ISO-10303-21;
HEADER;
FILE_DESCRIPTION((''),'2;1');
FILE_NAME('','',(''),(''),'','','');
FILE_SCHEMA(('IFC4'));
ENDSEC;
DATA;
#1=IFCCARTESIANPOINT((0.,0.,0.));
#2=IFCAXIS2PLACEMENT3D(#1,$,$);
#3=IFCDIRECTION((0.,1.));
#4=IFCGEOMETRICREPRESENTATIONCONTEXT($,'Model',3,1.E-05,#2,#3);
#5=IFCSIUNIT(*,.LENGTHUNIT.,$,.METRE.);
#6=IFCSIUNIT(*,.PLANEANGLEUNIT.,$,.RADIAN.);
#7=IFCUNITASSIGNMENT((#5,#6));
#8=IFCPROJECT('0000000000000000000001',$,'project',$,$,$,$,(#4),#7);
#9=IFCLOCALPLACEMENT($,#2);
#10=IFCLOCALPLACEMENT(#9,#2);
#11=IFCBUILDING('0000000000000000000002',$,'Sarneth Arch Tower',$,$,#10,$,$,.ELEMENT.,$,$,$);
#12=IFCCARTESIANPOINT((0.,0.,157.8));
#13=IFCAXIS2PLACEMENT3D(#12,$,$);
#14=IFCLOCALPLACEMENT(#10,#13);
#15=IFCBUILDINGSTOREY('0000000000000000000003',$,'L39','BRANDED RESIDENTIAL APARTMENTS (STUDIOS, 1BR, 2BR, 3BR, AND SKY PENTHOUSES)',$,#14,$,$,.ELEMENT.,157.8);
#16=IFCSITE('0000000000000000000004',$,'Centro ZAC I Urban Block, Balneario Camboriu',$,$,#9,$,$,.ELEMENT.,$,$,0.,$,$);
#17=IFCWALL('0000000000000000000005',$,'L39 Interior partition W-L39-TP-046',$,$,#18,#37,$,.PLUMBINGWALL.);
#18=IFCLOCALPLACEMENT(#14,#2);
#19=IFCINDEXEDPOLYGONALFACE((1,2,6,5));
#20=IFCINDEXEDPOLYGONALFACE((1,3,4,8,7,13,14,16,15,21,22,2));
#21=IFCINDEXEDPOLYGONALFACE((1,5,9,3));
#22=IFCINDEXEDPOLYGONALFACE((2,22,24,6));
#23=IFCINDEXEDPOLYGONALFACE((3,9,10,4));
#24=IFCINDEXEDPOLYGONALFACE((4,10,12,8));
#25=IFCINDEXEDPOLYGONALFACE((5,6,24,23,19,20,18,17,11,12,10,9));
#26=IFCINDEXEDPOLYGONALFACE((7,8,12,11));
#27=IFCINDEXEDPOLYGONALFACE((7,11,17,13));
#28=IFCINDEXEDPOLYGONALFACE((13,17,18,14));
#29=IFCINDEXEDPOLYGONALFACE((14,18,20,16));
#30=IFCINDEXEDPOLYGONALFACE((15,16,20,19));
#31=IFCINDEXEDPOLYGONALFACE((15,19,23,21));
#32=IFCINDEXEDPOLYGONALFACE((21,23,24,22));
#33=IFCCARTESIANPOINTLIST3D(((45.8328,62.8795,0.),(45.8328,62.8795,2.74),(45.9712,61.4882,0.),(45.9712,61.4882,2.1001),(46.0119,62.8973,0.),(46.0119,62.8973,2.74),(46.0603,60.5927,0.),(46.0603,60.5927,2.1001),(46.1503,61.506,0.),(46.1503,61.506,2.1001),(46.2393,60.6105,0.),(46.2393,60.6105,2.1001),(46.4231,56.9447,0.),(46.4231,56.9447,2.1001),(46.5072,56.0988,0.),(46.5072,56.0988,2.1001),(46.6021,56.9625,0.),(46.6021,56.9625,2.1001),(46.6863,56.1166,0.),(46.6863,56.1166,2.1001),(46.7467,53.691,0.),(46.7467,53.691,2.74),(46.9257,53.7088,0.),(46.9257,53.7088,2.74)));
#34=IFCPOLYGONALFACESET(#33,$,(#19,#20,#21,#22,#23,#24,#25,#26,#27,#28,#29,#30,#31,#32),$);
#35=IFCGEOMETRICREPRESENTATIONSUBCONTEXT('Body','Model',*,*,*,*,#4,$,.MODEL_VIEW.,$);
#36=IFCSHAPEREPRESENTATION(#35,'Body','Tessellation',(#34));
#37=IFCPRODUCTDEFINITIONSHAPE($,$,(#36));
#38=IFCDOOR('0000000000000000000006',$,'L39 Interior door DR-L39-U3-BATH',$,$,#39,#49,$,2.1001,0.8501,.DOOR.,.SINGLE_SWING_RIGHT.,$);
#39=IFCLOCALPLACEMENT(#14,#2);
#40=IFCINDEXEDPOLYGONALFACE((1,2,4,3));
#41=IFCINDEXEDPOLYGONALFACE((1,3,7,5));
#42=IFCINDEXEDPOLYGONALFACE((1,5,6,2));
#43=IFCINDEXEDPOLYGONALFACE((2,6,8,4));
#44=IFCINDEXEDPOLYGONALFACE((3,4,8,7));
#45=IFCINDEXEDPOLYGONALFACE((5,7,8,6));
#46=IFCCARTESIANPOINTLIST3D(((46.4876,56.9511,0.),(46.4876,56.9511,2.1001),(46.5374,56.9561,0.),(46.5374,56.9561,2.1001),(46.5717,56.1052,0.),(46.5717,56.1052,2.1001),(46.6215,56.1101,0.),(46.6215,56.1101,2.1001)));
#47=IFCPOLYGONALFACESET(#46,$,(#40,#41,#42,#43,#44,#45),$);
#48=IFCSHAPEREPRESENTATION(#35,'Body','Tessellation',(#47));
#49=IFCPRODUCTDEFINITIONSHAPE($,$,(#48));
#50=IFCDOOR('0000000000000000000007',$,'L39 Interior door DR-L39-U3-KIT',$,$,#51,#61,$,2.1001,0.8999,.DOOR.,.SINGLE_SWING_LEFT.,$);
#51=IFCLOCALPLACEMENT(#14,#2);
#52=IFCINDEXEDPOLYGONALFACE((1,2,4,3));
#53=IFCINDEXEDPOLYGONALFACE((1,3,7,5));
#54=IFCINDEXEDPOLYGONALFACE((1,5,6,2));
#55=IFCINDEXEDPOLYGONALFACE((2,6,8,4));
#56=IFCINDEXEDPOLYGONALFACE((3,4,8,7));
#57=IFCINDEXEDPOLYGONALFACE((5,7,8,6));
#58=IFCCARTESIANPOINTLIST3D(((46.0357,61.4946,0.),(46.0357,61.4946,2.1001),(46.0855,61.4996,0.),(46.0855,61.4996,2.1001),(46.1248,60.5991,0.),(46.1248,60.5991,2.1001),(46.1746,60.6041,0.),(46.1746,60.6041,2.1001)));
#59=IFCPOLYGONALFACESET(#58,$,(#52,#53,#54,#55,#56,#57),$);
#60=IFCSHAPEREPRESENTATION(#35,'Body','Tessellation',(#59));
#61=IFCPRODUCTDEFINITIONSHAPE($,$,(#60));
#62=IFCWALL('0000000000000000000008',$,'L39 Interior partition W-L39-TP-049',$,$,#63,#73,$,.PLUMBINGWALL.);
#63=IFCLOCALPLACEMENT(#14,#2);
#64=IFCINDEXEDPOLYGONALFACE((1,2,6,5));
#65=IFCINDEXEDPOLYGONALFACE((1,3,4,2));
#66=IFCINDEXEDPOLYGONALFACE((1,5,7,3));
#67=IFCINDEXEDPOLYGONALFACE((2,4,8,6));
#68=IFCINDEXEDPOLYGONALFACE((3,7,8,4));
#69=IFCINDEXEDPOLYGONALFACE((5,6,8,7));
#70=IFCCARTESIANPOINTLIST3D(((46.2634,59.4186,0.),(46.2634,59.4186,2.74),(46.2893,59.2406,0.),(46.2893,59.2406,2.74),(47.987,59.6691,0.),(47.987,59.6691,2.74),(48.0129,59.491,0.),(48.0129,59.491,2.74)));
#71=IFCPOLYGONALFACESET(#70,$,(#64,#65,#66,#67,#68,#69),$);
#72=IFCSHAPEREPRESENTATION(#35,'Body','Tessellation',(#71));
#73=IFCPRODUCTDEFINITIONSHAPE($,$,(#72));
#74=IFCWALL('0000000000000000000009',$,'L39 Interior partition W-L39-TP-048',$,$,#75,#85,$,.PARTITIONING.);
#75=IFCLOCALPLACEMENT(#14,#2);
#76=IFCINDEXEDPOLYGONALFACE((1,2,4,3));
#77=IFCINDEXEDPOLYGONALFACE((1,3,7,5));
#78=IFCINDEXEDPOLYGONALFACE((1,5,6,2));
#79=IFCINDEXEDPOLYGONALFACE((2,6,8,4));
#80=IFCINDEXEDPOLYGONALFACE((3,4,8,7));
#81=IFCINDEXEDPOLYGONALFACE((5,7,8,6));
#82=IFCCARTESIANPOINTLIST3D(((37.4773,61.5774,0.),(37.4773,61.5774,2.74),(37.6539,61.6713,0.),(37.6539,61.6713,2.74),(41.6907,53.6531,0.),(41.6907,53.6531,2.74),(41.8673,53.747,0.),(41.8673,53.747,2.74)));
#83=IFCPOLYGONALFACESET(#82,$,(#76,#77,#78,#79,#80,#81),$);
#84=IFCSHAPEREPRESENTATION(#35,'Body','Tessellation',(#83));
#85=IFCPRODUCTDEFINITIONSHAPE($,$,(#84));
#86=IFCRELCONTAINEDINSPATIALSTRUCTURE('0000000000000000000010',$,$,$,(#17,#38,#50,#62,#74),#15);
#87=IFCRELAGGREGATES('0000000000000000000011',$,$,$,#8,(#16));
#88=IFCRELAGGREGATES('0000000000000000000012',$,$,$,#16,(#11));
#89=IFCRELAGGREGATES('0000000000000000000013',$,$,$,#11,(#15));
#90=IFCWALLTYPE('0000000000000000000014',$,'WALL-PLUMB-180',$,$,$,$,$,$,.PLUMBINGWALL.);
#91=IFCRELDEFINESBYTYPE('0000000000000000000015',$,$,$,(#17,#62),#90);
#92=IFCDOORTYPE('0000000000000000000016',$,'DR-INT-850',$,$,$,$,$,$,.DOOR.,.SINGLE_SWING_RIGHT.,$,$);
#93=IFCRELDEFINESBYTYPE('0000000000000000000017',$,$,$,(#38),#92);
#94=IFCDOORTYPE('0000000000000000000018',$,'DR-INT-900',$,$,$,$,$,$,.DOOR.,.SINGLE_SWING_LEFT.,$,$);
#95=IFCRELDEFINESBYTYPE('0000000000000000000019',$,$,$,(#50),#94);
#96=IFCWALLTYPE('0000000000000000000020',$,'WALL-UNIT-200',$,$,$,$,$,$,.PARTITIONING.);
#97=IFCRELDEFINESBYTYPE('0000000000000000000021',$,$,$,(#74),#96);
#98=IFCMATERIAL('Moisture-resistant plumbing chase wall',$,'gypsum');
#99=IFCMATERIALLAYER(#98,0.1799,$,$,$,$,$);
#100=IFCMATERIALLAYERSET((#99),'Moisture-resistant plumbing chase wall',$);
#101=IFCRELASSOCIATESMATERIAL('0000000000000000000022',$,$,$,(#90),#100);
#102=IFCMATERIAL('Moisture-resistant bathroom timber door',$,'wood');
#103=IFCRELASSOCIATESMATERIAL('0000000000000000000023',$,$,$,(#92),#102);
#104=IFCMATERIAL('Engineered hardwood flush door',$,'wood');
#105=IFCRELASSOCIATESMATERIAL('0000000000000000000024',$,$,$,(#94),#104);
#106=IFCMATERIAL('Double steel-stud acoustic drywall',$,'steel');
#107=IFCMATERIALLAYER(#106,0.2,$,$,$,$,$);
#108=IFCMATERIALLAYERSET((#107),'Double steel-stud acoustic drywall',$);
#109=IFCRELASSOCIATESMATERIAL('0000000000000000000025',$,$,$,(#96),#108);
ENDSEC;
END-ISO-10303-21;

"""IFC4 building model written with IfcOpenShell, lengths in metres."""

from ifc_helpers import new_model, si_unit, direction, frame, frame_2d, origin, place, context, subcontext, project, spatial, rectangle, extrude, material, layer, layer_set, type_object, element, fill, save


model = new_model("IFC4")

# Units and contexts
model_context = context("Model", 3, precision=1e-05, world=origin(), true_north=direction((0.0, 1.0)))
body_context = subcontext(model_context, "Body", "Model", "MODEL_VIEW")
ifc_project = project(units=[si_unit("LENGTHUNIT", "METRE"), si_unit("PLANEANGLEUNIT", "RADIAN")], contexts=[model_context])

# Site, building, storey
site_placement = place(None, origin())
site = spatial("IfcSite", under=ifc_project, at=site_placement, Name="Centro ZAC I Urban Block, Balneario Camboriu", CompositionType="ELEMENT", RefElevation=0.0)
building_placement = place(site_placement, origin())
building = spatial("IfcBuilding", under=site, at=building_placement, Name="Sarneth Arch Tower", CompositionType="ELEMENT")
storey_placement = place(building_placement, frame((0.0, 0.0, 157.8)))
storey = spatial("IfcBuildingStorey", under=building, at=storey_placement, Name="L39", Description="BRANDED RESIDENTIAL APARTMENTS (STUDIOS, 1BR, 2BR, 3BR, AND SKY PENTHOUSES)", CompositionType="ELEMENT", Elevation=157.8)

# Wall, openings, doors
ifc_material_1 = material(Name="Moisture-resistant plumbing chase wall", Category="gypsum")
ifc_layer_1 = layer(ifc_material_1, 0.1799)
ifc_layer_set_1 = layer_set([ifc_layer_1], Name="Moisture-resistant plumbing chase wall")
wall_type_1 = type_object("IfcWallType", Name="WALL-PLUMB-180", PredefinedType="PLUMBINGWALL", material=ifc_layer_set_1)
wall_1_placement = place(storey_placement, frame((45.9224, 62.8884, 0.0), z_axis=(0.0, 0.0, 1.0), x_axis=(0.098964, -0.995091, 0.0)))
wall_1 = element("IfcWall", 1, at=wall_1_placement, inside=storey, type_object=wall_type_1, Name="L39 Interior partition W-L39-TP-046", PredefinedType="PLUMBINGWALL", context=body_context, shape_type="SweptSolid", body=[
    extrude(rectangle(XDim=9.2339, YDim=0.1799, at=frame_2d((4.6169, 0.0))), origin(), (0.0, 0.0, 1.0), 2.74),
])
opening_1_placement = place(wall_1_placement, frame((5.9641, 0.0, 0.0)))
opening_1 = element("IfcOpeningElement", 2, at=opening_1_placement, cuts=wall_1, PredefinedType="OPENING", context=body_context, shape_type="SweptSolid", body=[
    extrude(rectangle(XDim=0.8501, YDim=2.1001, at=frame_2d((0.425, 1.05))), frame((0.0, 0.0999, 0.0), z_axis=(0.0, -1.0, 0.0), x_axis=(1.0, 0.0, 0.0)), (0.0, 0.0, 1.0), 0.2),
])
opening_2_placement = place(wall_1_placement, frame((1.3982, 0.0, 0.0)))
opening_2 = element("IfcOpeningElement", 3, at=opening_2_placement, cuts=wall_1, PredefinedType="OPENING", context=body_context, shape_type="SweptSolid", body=[
    extrude(rectangle(XDim=0.8999, YDim=2.1001, at=frame_2d((0.45, 1.05))), frame((0.0, 0.0999, 0.0), z_axis=(0.0, -1.0, 0.0), x_axis=(1.0, 0.0, 0.0)), (0.0, 0.0, 1.0), 0.2),
])
ifc_material_2 = material(Name="Moisture-resistant bathroom timber door", Category="wood")
door_type_1 = type_object("IfcDoorType", Name="DR-INT-850", OperationType="SINGLE_SWING_RIGHT", PredefinedType="DOOR", material=ifc_material_2)
door_1_placement = place(opening_1_placement, origin())
door_1 = element("IfcDoor", 4, at=door_1_placement, inside=storey, type_object=door_type_1, Name="L39 Interior door DR-L39-U3-BATH", OperationType="SINGLE_SWING_RIGHT", OverallHeight=2.1001, OverallWidth=0.8501, PredefinedType="DOOR", context=body_context, shape_type="SweptSolid", body=[
    extrude(rectangle(XDim=0.8501, YDim=2.1001, at=frame_2d((0.425, 1.05))), frame((0.0, 0.0249, 0.0), z_axis=(0.0, -1.0, 0.0), x_axis=(1.0, 0.0, 0.0)), (0.0, 0.0, 1.0), 0.05),
])
fill(opening_1, door_1)
ifc_material_3 = material(Name="Engineered hardwood flush door", Category="wood")
door_type_2 = type_object("IfcDoorType", Name="DR-INT-900", OperationType="SINGLE_SWING_LEFT", PredefinedType="DOOR", material=ifc_material_3)
door_2_placement = place(opening_2_placement, origin())
door_2 = element("IfcDoor", 5, at=door_2_placement, inside=storey, type_object=door_type_2, Name="L39 Interior door DR-L39-U3-KIT", OperationType="SINGLE_SWING_LEFT", OverallHeight=2.1001, OverallWidth=0.8999, PredefinedType="DOOR", context=body_context, shape_type="SweptSolid", body=[
    extrude(rectangle(XDim=0.8999, YDim=2.1001, at=frame_2d((0.45, 1.05))), frame((0.0, 0.0249, 0.0), z_axis=(0.0, -1.0, 0.0), x_axis=(1.0, 0.0, 0.0)), (0.0, 0.0, 1.0), 0.05),
])
fill(opening_2, door_2)

# Walls
wall_2_placement = place(storey_placement, frame((46.2764, 59.3296, 0.0), z_axis=(0.0, 0.0, 1.0), x_axis=(0.989605, 0.143815, 0.0)))
element("IfcWall", 6, at=wall_2_placement, inside=storey, type_object=wall_type_1, Name="L39 Interior partition W-L39-TP-049", PredefinedType="PLUMBINGWALL", context=body_context, shape_type="SweptSolid", body=[
    extrude(rectangle(XDim=1.7417, YDim=0.1799, at=frame_2d((0.8708, 0.0))), origin(), (0.0, 0.0, 1.0), 2.74),
])
ifc_material_4 = material(Name="Double steel-stud acoustic drywall", Category="steel")
ifc_layer_2 = layer(ifc_material_4, 0.2)
ifc_layer_set_2 = layer_set([ifc_layer_2], Name="Double steel-stud acoustic drywall")
wall_type_2 = type_object("IfcWallType", Name="WALL-UNIT-200", PredefinedType="PARTITIONING", material=ifc_layer_set_2)
wall_3_placement = place(storey_placement, frame((37.5657, 61.6243, 0.0), z_axis=(0.0, 0.0, 1.0), x_axis=(0.469467, -0.88295, 0.0)))
element("IfcWall", 7, at=wall_3_placement, inside=storey, type_object=wall_type_2, Name="L39 Interior partition W-L39-TP-048", PredefinedType="PARTITIONING", context=body_context, shape_type="SweptSolid", body=[
    extrude(rectangle(XDim=8.9749, YDim=0.2, at=frame_2d((4.4873, 0.0))), origin(), (0.0, 0.0, 1.0), 2.74),
])

save(model, "model.ifc")
